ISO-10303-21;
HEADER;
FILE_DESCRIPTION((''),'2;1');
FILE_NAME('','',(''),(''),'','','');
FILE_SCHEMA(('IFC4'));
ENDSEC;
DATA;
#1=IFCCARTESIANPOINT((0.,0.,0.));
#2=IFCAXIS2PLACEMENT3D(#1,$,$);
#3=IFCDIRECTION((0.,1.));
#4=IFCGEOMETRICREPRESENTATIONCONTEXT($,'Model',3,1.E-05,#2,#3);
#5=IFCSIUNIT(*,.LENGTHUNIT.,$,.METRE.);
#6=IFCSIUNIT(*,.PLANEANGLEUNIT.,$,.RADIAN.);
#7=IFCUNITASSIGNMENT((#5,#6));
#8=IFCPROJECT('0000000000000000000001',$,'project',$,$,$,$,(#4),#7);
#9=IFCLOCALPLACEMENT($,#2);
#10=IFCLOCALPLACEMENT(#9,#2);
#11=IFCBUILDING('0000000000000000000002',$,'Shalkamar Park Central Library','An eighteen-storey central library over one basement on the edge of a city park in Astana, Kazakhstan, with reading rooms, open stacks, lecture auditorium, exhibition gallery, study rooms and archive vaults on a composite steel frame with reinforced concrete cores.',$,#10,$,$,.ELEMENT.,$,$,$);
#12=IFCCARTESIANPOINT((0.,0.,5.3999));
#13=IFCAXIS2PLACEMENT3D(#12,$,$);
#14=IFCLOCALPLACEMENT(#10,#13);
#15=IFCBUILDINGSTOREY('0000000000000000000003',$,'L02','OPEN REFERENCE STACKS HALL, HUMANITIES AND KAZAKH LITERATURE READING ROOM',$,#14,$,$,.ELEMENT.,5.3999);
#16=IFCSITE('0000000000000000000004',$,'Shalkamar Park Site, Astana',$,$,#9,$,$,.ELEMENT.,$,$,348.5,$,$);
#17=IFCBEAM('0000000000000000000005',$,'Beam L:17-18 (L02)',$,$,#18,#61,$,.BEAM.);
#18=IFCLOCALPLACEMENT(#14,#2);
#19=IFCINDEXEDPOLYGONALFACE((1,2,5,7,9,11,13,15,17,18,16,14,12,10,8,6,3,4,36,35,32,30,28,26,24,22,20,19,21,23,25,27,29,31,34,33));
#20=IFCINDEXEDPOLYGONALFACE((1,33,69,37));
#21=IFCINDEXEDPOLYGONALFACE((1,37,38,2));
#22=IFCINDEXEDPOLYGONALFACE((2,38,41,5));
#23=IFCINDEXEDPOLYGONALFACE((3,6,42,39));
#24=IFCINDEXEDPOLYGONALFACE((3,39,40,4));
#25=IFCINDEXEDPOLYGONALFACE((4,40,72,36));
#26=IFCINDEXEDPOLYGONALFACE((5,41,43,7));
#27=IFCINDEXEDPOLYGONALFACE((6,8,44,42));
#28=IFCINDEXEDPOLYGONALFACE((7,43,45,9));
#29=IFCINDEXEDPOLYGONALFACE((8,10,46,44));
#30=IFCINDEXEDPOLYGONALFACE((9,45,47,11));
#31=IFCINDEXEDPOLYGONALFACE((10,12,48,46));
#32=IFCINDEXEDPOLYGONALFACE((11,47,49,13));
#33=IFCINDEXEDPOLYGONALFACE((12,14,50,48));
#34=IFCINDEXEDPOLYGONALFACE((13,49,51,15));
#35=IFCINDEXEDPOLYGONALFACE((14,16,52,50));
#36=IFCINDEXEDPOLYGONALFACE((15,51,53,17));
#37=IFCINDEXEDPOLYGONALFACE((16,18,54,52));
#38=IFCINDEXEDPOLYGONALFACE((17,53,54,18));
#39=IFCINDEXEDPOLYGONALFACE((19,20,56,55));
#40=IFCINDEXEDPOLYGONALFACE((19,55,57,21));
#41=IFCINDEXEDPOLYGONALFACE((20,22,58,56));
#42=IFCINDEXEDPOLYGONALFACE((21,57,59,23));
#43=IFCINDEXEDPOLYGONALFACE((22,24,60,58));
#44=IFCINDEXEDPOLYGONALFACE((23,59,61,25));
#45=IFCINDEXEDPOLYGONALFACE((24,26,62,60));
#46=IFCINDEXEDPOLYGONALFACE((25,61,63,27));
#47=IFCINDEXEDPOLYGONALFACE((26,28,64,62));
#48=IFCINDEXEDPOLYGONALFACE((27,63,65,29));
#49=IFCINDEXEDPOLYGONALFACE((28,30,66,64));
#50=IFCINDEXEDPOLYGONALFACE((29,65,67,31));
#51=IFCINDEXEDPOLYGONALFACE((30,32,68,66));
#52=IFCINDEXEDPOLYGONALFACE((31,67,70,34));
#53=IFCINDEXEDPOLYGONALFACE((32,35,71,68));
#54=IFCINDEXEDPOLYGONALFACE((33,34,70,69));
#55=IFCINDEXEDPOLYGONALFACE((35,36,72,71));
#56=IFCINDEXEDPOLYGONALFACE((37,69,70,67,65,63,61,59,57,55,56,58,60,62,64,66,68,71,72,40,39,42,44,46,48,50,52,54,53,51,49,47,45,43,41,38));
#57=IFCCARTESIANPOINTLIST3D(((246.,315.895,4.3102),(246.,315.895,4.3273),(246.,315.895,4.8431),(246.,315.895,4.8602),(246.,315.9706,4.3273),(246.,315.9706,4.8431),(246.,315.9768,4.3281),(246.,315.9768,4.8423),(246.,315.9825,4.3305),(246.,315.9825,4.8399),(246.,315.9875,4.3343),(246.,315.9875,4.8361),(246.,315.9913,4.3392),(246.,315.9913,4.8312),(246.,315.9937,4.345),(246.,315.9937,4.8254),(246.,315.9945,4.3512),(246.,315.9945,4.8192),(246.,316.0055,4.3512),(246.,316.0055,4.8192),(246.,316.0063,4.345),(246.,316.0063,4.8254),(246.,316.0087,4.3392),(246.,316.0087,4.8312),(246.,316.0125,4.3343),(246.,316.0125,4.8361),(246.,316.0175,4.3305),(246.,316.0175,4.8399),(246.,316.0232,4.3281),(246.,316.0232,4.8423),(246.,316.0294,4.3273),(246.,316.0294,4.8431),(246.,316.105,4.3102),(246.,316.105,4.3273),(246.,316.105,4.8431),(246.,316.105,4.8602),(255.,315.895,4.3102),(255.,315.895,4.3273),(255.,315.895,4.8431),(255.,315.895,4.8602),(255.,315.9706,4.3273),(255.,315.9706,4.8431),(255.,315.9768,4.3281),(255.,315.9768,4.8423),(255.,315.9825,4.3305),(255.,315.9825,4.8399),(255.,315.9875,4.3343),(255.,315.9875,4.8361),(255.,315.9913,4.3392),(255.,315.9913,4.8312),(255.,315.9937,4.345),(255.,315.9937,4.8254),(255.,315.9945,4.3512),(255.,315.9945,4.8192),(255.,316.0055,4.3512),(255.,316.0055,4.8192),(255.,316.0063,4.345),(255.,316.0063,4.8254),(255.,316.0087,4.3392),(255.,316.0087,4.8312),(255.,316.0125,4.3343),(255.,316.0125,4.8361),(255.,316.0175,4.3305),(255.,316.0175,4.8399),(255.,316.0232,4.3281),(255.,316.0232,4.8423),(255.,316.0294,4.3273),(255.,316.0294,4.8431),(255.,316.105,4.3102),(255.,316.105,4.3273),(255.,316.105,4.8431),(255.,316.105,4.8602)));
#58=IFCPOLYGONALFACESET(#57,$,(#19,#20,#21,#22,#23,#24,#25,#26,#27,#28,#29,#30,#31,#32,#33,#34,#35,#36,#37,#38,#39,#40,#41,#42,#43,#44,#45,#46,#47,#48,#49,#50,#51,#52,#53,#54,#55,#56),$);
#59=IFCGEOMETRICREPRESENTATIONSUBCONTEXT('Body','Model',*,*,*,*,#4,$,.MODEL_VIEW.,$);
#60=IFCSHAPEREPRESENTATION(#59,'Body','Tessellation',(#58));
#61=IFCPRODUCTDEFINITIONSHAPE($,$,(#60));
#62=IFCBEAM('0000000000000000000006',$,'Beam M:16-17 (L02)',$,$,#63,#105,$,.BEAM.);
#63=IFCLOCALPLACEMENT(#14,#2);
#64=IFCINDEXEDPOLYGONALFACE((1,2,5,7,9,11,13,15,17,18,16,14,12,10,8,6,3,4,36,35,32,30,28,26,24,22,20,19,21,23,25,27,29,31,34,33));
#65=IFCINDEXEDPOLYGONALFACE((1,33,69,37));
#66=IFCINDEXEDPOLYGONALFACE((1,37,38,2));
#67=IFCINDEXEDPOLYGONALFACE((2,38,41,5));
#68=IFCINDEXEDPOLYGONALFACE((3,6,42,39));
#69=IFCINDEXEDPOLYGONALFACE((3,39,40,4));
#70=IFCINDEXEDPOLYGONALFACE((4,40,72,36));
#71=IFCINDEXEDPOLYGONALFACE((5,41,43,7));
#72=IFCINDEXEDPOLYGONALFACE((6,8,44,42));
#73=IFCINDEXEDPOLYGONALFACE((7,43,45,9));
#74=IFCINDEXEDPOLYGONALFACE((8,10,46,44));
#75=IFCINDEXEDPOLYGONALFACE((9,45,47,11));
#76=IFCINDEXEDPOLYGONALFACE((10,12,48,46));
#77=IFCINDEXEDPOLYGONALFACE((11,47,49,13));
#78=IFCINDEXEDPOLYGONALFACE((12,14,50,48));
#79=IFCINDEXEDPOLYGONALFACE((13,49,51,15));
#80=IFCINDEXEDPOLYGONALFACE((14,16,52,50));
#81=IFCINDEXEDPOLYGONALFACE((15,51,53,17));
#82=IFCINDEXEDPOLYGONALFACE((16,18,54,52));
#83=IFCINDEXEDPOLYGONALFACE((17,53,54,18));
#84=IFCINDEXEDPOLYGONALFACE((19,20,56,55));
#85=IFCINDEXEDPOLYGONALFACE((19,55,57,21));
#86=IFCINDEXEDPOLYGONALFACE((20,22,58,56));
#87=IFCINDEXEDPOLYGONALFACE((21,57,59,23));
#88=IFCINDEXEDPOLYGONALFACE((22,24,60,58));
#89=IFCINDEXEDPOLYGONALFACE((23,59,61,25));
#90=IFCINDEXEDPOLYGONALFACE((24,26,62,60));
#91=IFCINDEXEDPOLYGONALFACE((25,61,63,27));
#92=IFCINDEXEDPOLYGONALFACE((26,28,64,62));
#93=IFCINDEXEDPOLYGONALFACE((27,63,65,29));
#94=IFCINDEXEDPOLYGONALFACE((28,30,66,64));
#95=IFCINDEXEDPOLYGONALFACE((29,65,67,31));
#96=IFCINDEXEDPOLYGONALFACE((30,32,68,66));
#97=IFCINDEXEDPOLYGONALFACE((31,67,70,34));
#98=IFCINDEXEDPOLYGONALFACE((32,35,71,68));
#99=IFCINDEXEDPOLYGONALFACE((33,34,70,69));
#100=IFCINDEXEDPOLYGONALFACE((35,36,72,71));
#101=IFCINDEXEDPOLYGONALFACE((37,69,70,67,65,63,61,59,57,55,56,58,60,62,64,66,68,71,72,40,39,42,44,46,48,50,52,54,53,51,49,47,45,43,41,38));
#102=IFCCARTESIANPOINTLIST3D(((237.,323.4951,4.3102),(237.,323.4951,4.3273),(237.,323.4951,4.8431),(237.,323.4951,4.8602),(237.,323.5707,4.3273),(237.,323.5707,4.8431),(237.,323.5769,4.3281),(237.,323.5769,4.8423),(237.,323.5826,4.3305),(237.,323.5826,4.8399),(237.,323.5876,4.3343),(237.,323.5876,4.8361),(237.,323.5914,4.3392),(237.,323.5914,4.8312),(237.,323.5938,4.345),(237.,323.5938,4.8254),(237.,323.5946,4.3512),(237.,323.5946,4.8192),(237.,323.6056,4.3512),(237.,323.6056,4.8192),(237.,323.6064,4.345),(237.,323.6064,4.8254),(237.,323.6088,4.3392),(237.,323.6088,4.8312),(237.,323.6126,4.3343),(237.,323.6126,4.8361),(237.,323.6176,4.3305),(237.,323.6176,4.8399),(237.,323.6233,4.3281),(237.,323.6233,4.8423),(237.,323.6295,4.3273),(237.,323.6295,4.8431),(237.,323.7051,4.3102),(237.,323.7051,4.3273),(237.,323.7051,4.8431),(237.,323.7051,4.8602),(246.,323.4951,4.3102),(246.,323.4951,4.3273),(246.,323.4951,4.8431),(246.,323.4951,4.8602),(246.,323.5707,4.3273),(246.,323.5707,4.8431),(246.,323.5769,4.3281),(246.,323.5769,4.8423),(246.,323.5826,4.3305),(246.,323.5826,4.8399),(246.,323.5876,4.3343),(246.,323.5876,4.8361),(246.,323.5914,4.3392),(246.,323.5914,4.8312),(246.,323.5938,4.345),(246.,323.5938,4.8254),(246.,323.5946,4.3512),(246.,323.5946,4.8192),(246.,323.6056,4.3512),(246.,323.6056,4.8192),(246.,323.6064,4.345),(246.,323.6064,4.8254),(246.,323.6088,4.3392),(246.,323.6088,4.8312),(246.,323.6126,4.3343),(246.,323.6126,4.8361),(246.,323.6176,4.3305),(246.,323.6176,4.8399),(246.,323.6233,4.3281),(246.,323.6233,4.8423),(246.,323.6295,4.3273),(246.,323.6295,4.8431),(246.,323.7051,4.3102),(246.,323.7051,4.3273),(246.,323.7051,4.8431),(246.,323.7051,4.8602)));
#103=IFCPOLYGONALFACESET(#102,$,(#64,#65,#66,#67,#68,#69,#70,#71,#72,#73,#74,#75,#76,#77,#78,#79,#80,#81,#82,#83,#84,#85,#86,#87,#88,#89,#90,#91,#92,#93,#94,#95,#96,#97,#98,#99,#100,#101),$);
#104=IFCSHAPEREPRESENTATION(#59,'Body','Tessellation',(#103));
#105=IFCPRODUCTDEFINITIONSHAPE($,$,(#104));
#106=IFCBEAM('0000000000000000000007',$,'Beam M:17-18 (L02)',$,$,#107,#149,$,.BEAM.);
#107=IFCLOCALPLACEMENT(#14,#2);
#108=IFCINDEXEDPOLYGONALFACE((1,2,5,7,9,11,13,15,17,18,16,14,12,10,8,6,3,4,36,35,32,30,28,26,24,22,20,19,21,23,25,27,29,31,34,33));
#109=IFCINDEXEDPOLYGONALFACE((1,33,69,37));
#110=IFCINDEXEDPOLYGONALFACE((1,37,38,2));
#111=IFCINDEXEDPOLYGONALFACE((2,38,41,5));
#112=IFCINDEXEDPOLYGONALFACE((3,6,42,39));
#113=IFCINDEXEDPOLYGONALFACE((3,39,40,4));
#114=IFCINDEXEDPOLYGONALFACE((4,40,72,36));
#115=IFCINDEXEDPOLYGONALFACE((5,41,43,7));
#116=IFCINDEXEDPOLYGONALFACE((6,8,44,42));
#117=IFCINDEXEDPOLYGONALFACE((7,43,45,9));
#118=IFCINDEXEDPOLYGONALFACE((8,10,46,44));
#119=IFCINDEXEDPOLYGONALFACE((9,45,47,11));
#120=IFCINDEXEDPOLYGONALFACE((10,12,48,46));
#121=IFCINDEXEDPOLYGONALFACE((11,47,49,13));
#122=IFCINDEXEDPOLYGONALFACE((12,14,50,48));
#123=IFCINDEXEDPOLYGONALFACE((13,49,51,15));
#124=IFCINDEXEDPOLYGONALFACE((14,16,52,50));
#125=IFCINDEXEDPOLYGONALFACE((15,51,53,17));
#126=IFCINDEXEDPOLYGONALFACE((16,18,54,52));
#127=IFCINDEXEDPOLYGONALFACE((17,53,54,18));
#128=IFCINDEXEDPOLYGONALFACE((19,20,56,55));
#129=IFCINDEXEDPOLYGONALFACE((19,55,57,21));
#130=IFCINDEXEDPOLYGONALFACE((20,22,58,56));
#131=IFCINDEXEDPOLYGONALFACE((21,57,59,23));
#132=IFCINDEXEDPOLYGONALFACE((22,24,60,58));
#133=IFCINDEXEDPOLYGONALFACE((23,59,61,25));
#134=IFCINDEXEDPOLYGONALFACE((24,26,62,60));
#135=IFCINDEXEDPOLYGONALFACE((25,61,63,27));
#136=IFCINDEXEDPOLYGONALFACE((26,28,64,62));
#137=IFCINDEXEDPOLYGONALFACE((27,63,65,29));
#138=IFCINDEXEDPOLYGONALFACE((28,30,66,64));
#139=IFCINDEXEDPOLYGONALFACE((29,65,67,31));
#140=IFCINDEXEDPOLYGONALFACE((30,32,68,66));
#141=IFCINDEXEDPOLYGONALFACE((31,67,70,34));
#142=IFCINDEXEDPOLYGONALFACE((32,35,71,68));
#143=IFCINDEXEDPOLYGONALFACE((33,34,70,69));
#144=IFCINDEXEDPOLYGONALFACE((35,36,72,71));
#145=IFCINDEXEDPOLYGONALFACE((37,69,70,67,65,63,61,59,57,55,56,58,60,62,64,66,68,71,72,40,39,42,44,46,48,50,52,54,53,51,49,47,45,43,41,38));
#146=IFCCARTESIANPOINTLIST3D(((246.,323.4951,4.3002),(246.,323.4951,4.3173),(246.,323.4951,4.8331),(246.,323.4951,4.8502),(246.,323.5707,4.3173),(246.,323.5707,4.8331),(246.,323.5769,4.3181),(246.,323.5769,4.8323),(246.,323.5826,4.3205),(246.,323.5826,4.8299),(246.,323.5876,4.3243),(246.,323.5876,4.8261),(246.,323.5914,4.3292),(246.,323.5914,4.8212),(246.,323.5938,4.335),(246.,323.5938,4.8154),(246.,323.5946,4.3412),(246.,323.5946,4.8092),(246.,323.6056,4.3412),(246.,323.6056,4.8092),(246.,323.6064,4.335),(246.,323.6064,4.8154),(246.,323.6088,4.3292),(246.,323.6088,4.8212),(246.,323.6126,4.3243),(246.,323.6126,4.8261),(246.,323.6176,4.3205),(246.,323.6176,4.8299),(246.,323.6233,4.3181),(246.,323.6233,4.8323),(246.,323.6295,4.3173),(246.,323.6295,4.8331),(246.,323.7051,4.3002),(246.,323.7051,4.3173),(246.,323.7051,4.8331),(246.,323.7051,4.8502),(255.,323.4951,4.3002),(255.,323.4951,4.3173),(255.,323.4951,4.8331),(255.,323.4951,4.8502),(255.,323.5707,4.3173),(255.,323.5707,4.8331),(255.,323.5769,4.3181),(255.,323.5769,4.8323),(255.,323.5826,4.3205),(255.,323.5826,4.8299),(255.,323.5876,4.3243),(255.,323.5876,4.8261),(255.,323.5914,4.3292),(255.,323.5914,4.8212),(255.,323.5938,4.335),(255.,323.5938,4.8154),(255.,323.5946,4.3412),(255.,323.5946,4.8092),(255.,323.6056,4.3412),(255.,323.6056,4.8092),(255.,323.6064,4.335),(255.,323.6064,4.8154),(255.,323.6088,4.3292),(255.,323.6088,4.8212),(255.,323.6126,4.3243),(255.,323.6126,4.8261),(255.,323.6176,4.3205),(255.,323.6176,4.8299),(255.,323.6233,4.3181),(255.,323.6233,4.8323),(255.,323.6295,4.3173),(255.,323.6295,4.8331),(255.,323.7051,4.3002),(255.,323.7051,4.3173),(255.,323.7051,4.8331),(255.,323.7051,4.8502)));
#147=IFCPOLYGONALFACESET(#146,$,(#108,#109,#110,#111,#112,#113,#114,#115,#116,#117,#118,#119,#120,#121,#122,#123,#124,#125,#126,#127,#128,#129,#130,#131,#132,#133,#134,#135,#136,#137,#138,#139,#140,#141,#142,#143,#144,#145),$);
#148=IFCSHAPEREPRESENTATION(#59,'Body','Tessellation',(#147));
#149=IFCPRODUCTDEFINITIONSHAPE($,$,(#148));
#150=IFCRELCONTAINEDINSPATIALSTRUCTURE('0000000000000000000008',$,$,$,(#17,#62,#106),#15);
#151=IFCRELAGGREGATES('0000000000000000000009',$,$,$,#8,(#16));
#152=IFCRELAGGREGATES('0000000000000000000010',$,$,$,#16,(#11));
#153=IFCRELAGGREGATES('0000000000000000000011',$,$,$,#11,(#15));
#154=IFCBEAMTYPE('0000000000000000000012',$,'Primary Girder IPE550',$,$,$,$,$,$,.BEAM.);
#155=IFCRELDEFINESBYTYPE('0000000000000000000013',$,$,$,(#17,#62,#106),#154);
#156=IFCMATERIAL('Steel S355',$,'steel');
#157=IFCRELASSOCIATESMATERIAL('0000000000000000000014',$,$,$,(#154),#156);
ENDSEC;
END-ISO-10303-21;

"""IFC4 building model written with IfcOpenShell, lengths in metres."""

from ifc_helpers import new_model, si_unit, direction, frame, origin, origin_2d, place, context, subcontext, project, spatial, i_section, extrude, material, material_profile, profile_set, type_object, element, save


model = new_model("IFC4")

# Units and contexts
model_context = context("Model", 3, precision=1e-05, world=origin(), true_north=direction((0.0, 1.0)))
body_context = subcontext(model_context, "Body", "Model", "MODEL_VIEW")
ifc_project = project(units=[si_unit("LENGTHUNIT", "METRE"), si_unit("PLANEANGLEUNIT", "RADIAN")], contexts=[model_context])

# Site, building, storey
site_placement = place(None, origin())
site = spatial("IfcSite", under=ifc_project, at=site_placement, Name="Shalkamar Park Site, Astana", CompositionType="ELEMENT", RefElevation=348.5)
building_placement = place(site_placement, origin())
building = spatial("IfcBuilding", under=site, at=building_placement, Name="Shalkamar Park Central Library", Description="An eighteen-storey central library over one basement on the edge of a city park in Astana, Kazakhstan, with reading rooms, open stacks, lecture auditorium, exhibition gallery, study rooms and archive vaults on a composite steel frame with reinforced concrete cores.", CompositionType="ELEMENT")
storey_placement = place(building_placement, frame((0.0, 0.0, 5.3999)))
storey = spatial("IfcBuildingStorey", under=building, at=storey_placement, Name="L02", Description="OPEN REFERENCE STACKS HALL, HUMANITIES AND KAZAKH LITERATURE READING ROOM", CompositionType="ELEMENT", Elevation=5.3999)

# Shared definitions
ifc_material = material(Name="Steel S355", Category="steel")

# Beams
ifc_material_profile_1 = material_profile(ifc_material, i_section(OverallWidth=0.21, OverallDepth=0.55, WebThickness=0.011, FlangeThickness=0.0171, FilletRadius=0.0239, at=origin_2d()), Name="IPE 550")
ifc_profile_set_1 = profile_set([ifc_material_profile_1], Name="Steel S355")
beam_type_1 = type_object("IfcBeamType", Name="Primary Girder IPE550", PredefinedType="BEAM", material=ifc_profile_set_1)
for number, where, z_axis, x_axis, name in (
    (1, (246.0, 316.0, 4.5852), (1.0, 0.0, 0.0), (0.0, 1.0, 0.0), "Beam L:17-18 (L02)"),
    (2, (237.0, 323.6001, 4.5852), (1.0, 0.0, 0.0), (0.0, 1.0, 0.0), "Beam M:16-17 (L02)"),
    (3, (246.0, 323.6001, 4.5752), (1.0, 0.0, 0.0), (0.0, 1.0, 0.0), "Beam M:17-18 (L02)"),
):
    element("IfcBeam", number, at=place(storey_placement, frame(where, z_axis=z_axis, x_axis=x_axis)), inside=storey, type_object=beam_type_1, Name=name, PredefinedType="BEAM", context=body_context, shape_type="SweptSolid", body=[
        extrude(i_section(OverallWidth=0.21, OverallDepth=0.55, WebThickness=0.011, FlangeThickness=0.0171, FilletRadius=0.0239, at=origin_2d()), origin(), (0.0, 0.0, 1.0), 9.0),
    ])

save(model, "model.ifc")
